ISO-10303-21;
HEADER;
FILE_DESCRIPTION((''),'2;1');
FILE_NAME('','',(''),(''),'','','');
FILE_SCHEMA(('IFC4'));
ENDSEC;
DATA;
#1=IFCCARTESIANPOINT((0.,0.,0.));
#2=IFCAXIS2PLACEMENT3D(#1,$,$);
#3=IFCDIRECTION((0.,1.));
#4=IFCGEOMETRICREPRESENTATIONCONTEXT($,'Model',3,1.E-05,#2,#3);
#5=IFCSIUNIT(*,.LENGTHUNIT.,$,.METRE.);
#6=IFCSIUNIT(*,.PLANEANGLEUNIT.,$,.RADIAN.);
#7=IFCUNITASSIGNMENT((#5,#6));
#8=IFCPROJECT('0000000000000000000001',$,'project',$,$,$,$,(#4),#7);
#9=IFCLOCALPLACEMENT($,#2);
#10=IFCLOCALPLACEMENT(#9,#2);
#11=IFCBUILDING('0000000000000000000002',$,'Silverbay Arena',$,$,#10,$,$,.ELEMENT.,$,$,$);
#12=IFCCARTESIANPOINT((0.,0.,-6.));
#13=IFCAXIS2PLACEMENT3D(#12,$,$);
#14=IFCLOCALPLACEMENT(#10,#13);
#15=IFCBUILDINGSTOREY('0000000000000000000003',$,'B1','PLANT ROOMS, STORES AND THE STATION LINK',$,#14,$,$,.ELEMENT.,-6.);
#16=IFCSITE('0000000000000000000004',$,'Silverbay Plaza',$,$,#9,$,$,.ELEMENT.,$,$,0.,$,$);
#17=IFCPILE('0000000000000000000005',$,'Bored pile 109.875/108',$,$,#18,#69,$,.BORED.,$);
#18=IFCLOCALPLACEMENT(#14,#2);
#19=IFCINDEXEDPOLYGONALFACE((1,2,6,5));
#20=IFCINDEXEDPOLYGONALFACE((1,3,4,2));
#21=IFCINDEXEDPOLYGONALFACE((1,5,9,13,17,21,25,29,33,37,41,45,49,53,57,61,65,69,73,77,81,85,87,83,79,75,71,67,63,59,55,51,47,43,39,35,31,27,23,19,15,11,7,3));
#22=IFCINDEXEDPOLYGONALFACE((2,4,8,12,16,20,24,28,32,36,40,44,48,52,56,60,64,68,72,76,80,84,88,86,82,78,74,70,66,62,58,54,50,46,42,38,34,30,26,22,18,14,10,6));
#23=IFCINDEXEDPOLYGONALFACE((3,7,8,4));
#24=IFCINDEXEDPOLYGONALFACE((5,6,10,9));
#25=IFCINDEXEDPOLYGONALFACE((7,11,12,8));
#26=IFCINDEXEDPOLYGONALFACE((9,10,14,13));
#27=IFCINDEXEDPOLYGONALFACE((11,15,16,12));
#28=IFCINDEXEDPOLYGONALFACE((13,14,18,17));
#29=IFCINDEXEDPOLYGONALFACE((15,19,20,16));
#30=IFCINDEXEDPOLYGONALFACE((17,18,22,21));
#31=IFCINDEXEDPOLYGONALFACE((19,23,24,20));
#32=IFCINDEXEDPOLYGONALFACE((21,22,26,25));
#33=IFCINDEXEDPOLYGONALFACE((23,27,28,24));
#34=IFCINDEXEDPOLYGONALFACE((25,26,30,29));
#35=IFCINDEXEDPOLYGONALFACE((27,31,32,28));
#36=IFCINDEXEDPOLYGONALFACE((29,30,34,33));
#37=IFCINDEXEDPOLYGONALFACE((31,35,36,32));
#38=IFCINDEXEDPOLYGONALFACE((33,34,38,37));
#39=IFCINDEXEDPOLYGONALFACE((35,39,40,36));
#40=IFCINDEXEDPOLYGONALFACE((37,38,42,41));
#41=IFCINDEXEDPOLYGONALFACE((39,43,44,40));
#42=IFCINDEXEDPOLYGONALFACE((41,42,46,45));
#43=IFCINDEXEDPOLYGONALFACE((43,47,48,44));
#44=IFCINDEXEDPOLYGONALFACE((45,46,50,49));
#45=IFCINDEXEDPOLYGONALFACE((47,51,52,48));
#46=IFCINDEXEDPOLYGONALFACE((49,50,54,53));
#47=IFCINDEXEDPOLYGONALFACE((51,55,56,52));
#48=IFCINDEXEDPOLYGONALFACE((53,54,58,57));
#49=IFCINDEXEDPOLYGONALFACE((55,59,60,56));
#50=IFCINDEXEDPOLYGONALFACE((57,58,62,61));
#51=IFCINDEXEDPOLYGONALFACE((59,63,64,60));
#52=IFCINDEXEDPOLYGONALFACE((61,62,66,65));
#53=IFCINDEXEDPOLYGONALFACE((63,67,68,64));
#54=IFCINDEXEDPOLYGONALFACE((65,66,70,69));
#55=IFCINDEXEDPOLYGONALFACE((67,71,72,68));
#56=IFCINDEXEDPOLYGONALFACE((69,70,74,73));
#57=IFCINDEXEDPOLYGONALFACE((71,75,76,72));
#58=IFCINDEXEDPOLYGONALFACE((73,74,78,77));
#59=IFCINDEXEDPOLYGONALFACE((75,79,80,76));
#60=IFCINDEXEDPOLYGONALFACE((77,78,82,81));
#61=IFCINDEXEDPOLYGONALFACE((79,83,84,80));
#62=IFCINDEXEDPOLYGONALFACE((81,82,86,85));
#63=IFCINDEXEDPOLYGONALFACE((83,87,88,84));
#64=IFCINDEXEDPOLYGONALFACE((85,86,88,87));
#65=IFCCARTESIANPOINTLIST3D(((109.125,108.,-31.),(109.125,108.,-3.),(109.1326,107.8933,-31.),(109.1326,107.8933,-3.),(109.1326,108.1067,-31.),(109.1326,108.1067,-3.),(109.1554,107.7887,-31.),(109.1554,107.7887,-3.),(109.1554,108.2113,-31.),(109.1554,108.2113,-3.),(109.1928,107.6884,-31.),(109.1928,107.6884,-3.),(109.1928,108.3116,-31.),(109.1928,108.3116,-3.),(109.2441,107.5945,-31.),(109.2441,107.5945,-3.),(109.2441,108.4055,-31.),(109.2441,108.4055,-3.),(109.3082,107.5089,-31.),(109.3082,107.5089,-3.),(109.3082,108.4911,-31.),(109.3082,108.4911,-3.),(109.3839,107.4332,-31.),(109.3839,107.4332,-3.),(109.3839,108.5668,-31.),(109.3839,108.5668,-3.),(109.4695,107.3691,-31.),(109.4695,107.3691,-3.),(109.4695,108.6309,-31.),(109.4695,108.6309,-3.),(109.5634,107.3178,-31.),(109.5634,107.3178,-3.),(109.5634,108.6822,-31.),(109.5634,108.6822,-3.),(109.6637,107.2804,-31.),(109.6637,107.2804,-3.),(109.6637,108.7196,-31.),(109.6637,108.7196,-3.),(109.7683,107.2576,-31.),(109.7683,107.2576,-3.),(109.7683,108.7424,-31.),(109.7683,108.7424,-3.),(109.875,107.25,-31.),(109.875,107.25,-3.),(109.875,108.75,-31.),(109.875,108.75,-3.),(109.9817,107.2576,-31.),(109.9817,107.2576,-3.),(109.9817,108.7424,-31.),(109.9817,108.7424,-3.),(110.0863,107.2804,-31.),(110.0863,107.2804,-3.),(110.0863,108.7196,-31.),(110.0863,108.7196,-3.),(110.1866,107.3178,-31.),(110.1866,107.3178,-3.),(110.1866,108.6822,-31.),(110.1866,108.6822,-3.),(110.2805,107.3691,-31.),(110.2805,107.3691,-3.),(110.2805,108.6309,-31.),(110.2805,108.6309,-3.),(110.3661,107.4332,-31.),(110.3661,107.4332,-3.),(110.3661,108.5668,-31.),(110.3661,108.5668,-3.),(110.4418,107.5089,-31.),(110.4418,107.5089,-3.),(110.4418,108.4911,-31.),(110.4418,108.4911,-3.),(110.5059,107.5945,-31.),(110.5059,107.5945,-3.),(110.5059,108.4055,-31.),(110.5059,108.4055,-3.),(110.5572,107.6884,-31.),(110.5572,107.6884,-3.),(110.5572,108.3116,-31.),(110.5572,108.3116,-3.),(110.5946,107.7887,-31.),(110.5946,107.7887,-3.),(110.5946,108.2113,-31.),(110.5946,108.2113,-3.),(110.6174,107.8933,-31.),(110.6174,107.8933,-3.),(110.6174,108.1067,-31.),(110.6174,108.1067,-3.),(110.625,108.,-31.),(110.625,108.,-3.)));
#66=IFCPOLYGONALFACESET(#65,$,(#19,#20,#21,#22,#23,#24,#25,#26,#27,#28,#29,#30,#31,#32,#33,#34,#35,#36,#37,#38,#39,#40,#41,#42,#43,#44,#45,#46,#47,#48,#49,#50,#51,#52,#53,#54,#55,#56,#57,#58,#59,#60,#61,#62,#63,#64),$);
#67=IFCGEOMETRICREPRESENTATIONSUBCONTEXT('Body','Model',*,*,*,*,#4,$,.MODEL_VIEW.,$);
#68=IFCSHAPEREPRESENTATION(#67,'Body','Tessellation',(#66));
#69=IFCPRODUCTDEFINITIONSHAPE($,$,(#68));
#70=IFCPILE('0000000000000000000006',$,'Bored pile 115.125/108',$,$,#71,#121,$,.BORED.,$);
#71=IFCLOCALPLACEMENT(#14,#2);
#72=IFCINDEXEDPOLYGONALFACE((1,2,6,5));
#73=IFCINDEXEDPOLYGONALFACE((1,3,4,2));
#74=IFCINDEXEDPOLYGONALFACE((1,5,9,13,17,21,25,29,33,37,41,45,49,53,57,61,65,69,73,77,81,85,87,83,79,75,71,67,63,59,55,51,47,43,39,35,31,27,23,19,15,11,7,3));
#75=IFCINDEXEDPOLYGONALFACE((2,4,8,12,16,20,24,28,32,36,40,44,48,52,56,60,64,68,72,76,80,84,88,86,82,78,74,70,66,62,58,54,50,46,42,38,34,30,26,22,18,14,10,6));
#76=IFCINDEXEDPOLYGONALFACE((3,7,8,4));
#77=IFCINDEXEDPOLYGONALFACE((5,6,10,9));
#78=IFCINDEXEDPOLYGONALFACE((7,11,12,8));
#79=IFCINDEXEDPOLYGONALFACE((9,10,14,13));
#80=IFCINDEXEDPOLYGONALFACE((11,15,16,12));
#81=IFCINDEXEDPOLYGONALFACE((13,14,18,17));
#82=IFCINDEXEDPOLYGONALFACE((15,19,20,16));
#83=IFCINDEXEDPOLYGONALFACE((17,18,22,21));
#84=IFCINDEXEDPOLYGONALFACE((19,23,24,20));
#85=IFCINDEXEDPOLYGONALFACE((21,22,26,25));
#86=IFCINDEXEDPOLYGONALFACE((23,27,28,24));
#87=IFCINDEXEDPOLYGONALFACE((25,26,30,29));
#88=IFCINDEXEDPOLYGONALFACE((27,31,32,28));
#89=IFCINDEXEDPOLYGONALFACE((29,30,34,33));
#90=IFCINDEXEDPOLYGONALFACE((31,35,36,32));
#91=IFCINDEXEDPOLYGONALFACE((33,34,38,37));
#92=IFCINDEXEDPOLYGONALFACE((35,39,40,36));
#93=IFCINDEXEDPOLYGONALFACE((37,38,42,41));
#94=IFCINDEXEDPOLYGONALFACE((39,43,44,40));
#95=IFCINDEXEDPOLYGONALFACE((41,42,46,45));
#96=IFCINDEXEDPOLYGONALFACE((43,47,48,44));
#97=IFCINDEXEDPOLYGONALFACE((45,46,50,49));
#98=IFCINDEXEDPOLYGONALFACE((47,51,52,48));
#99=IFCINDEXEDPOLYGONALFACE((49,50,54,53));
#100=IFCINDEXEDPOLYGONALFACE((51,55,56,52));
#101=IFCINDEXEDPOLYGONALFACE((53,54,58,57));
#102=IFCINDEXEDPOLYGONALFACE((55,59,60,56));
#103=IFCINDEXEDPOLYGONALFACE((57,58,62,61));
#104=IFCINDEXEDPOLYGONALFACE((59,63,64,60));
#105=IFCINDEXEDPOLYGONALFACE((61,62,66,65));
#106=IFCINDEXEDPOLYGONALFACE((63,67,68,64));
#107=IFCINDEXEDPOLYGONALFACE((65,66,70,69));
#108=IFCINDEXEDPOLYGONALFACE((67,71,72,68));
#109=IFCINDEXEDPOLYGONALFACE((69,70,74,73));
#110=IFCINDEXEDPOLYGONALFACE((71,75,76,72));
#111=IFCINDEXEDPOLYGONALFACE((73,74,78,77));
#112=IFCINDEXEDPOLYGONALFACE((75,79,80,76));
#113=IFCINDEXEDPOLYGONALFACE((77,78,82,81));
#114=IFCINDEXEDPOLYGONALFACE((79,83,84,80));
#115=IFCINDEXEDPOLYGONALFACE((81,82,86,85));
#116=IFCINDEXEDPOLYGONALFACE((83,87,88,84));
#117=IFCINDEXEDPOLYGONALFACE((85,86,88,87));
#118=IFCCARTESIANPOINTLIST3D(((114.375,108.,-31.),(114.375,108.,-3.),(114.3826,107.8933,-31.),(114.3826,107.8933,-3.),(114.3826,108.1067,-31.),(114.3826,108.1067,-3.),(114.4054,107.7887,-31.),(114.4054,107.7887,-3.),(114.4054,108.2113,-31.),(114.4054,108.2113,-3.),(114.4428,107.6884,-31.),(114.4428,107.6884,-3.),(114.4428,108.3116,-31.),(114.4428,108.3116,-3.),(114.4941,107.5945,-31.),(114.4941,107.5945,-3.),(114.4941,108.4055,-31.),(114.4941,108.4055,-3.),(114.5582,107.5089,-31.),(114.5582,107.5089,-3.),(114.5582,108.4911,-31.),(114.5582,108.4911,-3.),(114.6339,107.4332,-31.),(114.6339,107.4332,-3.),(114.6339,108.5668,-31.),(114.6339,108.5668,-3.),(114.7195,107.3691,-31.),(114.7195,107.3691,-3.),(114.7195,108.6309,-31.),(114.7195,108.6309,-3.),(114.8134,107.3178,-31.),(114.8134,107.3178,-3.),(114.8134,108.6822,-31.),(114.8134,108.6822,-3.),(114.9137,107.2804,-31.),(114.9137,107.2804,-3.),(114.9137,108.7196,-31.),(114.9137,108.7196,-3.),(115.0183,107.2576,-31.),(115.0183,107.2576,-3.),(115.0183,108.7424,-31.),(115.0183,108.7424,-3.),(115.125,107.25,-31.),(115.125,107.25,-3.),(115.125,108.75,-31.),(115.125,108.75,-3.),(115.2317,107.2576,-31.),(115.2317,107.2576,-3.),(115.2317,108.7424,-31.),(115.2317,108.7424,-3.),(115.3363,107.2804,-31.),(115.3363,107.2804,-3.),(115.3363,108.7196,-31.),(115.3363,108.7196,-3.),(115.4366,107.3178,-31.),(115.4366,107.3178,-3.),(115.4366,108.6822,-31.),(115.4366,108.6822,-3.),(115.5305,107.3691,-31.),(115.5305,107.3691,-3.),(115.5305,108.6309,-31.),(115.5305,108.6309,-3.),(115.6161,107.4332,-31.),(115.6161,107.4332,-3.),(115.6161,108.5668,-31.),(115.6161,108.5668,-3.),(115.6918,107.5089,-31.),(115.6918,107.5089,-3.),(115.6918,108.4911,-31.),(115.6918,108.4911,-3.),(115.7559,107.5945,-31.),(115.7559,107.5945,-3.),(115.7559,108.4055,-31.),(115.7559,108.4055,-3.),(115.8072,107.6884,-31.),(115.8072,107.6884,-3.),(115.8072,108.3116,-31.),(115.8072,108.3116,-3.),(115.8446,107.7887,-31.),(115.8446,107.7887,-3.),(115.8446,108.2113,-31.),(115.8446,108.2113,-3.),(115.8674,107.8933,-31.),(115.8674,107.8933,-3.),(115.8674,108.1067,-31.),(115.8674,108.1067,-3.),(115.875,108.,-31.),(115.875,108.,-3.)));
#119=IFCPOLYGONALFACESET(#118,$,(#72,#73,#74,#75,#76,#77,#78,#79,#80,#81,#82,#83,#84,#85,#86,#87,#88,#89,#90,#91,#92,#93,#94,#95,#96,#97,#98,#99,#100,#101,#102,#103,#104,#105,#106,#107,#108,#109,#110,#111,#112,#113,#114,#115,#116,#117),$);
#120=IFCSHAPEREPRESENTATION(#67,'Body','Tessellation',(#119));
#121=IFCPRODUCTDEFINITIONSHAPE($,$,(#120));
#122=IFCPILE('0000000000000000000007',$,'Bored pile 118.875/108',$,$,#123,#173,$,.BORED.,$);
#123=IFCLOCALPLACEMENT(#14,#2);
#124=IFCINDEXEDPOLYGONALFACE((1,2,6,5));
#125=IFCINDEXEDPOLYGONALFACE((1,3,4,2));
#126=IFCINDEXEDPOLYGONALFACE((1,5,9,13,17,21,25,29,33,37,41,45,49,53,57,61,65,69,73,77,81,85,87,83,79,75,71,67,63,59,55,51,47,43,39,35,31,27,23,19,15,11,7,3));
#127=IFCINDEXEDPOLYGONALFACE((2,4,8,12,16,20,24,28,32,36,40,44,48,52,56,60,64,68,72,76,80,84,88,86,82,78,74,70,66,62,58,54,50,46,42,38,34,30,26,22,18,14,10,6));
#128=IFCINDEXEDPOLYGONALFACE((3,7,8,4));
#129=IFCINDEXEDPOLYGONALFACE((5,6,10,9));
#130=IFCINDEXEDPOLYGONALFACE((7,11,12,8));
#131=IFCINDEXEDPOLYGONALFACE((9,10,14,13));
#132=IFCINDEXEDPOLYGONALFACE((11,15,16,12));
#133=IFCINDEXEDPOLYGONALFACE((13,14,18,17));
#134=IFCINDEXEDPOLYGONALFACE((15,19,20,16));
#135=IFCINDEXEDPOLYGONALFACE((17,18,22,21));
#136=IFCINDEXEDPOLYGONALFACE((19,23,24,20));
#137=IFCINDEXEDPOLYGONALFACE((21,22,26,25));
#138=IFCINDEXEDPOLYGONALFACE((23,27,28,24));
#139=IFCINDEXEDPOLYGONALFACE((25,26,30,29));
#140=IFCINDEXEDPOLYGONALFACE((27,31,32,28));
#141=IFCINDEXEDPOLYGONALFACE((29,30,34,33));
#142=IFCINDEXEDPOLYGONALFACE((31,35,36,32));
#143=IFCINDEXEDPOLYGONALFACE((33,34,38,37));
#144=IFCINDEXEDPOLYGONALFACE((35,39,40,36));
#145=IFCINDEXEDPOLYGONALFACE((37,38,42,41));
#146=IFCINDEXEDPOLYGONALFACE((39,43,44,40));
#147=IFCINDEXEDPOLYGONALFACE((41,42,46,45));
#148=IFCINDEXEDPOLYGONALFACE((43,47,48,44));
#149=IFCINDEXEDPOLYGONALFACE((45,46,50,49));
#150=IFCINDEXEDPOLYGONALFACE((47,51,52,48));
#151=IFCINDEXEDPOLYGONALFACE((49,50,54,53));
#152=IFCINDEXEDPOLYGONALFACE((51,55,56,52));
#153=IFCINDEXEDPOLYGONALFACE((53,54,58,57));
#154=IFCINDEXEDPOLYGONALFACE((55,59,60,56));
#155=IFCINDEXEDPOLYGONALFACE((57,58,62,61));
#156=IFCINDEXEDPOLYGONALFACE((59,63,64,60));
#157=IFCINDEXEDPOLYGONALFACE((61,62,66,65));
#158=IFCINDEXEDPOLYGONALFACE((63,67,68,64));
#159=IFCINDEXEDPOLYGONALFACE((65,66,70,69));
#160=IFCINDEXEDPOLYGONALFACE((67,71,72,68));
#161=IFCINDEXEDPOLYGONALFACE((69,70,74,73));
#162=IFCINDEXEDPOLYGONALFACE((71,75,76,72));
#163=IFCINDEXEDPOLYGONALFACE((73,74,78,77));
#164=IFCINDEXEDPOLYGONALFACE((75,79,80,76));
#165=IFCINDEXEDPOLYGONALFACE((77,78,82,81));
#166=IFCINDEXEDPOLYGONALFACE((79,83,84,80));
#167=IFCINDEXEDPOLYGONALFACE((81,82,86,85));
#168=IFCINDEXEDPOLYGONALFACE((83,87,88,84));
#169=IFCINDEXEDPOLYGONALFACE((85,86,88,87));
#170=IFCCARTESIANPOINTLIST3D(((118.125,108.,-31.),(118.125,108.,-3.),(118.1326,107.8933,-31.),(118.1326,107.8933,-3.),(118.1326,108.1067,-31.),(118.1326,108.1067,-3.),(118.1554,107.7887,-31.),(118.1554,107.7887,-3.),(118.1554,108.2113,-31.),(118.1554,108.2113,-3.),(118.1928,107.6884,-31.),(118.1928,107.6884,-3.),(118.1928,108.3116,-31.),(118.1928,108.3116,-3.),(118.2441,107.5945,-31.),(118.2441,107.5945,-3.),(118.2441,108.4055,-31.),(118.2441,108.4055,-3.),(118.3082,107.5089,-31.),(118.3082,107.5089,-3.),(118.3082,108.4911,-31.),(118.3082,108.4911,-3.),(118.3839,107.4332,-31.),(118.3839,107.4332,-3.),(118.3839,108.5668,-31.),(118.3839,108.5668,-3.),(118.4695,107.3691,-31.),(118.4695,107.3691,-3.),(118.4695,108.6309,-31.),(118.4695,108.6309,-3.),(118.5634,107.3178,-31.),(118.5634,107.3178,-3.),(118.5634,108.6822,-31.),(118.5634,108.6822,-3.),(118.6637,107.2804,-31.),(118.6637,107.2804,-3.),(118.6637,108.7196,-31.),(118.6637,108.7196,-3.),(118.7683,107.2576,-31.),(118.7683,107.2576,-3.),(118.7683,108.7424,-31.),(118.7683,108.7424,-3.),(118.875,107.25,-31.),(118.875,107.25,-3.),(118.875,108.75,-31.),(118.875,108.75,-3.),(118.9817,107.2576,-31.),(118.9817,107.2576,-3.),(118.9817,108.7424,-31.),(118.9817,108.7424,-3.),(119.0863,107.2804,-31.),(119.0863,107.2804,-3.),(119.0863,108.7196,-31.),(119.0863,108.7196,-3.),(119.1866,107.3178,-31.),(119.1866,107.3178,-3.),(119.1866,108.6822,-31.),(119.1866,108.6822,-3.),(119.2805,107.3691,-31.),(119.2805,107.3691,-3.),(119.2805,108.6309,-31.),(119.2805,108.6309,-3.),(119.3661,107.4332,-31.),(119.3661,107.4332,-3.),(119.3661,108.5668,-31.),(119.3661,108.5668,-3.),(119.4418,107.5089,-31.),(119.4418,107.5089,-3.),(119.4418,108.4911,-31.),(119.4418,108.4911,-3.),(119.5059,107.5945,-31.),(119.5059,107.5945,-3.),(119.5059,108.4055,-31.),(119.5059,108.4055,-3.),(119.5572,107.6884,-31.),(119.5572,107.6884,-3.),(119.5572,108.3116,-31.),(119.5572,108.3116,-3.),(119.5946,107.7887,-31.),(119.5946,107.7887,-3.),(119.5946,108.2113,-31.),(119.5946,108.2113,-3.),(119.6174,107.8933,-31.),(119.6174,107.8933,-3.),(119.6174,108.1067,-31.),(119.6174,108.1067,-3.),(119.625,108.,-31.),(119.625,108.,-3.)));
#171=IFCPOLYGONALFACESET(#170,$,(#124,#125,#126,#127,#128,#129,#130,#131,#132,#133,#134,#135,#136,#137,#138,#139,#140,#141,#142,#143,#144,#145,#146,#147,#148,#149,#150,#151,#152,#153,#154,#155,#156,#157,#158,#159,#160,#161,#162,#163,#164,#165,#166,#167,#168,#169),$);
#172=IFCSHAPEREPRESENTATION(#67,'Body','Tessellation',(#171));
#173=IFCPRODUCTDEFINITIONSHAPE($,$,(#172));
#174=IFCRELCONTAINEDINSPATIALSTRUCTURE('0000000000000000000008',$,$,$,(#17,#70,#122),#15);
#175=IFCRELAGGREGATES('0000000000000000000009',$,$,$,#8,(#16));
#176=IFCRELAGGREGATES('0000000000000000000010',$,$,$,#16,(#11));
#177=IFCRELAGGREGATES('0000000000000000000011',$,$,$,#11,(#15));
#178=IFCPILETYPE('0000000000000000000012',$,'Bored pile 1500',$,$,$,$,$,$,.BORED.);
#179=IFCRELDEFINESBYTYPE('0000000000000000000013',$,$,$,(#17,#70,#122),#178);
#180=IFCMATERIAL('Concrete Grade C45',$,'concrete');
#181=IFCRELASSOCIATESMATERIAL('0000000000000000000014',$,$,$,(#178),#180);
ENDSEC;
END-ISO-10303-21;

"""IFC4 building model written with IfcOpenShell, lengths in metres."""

from ifc_helpers import new_model, si_unit, direction, frame, origin, origin_2d, place, context, subcontext, project, spatial, circle, extrude, material, material_profile, profile_set, type_object, element, save


model = new_model("IFC4")

# Units and contexts
model_context = context("Model", 3, precision=1e-05, world=origin(), true_north=direction((0.0, 1.0)))
body_context = subcontext(model_context, "Body", "Model", "MODEL_VIEW")
ifc_project = project(units=[si_unit("LENGTHUNIT", "METRE"), si_unit("PLANEANGLEUNIT", "RADIAN")], contexts=[model_context])

# Site, building, storey
site_placement = place(None, origin())
site = spatial("IfcSite", under=ifc_project, at=site_placement, Name="Silverbay Plaza", CompositionType="ELEMENT", RefElevation=0.0)
building_placement = place(site_placement, origin())
building = spatial("IfcBuilding", under=site, at=building_placement, Name="Silverbay Arena", CompositionType="ELEMENT")
storey_placement = place(building_placement, frame((0.0, 0.0, -6.0)))
storey = spatial("IfcBuildingStorey", under=building, at=storey_placement, Name="B1", Description="PLANT ROOMS, STORES AND THE STATION LINK", CompositionType="ELEMENT", Elevation=-6.0)

# Piles
ifc_material_1 = material(Name="Concrete Grade C45", Category="concrete")
ifc_material_profile_1 = material_profile(ifc_material_1, circle(Radius=0.75, at=origin_2d()), Name="Bored pile 1500")
ifc_profile_set_1 = profile_set([ifc_material_profile_1], Name="Concrete Grade C45")
pile_type_1 = type_object("IfcPileType", Name="Bored pile 1500", PredefinedType="BORED", material=ifc_profile_set_1)
for number, where, z_axis, x_axis, name in (
    (1, (109.875, 108.0, -3.0), (0.0, 0.0, -1.0), (1.0, 0.0, 0.0), "Bored pile 109.875/108"),
    (2, (115.125, 108.0, -3.0), (0.0, 0.0, -1.0), (1.0, 0.0, 0.0), "Bored pile 115.125/108"),
    (3, (118.875, 108.0, -3.0), (0.0, 0.0, -1.0), (1.0, 0.0, 0.0), "Bored pile 118.875/108"),
):
    element("IfcPile", number, at=place(storey_placement, frame(where, z_axis=z_axis, x_axis=x_axis)), inside=storey, type_object=pile_type_1, Name=name, PredefinedType="BORED", context=body_context, shape_type="SweptSolid", body=[
        extrude(circle(Radius=0.75, at=origin_2d()), origin(), (0.0, 0.0, 1.0), 28.0),
    ])

save(model, "model.ifc")
